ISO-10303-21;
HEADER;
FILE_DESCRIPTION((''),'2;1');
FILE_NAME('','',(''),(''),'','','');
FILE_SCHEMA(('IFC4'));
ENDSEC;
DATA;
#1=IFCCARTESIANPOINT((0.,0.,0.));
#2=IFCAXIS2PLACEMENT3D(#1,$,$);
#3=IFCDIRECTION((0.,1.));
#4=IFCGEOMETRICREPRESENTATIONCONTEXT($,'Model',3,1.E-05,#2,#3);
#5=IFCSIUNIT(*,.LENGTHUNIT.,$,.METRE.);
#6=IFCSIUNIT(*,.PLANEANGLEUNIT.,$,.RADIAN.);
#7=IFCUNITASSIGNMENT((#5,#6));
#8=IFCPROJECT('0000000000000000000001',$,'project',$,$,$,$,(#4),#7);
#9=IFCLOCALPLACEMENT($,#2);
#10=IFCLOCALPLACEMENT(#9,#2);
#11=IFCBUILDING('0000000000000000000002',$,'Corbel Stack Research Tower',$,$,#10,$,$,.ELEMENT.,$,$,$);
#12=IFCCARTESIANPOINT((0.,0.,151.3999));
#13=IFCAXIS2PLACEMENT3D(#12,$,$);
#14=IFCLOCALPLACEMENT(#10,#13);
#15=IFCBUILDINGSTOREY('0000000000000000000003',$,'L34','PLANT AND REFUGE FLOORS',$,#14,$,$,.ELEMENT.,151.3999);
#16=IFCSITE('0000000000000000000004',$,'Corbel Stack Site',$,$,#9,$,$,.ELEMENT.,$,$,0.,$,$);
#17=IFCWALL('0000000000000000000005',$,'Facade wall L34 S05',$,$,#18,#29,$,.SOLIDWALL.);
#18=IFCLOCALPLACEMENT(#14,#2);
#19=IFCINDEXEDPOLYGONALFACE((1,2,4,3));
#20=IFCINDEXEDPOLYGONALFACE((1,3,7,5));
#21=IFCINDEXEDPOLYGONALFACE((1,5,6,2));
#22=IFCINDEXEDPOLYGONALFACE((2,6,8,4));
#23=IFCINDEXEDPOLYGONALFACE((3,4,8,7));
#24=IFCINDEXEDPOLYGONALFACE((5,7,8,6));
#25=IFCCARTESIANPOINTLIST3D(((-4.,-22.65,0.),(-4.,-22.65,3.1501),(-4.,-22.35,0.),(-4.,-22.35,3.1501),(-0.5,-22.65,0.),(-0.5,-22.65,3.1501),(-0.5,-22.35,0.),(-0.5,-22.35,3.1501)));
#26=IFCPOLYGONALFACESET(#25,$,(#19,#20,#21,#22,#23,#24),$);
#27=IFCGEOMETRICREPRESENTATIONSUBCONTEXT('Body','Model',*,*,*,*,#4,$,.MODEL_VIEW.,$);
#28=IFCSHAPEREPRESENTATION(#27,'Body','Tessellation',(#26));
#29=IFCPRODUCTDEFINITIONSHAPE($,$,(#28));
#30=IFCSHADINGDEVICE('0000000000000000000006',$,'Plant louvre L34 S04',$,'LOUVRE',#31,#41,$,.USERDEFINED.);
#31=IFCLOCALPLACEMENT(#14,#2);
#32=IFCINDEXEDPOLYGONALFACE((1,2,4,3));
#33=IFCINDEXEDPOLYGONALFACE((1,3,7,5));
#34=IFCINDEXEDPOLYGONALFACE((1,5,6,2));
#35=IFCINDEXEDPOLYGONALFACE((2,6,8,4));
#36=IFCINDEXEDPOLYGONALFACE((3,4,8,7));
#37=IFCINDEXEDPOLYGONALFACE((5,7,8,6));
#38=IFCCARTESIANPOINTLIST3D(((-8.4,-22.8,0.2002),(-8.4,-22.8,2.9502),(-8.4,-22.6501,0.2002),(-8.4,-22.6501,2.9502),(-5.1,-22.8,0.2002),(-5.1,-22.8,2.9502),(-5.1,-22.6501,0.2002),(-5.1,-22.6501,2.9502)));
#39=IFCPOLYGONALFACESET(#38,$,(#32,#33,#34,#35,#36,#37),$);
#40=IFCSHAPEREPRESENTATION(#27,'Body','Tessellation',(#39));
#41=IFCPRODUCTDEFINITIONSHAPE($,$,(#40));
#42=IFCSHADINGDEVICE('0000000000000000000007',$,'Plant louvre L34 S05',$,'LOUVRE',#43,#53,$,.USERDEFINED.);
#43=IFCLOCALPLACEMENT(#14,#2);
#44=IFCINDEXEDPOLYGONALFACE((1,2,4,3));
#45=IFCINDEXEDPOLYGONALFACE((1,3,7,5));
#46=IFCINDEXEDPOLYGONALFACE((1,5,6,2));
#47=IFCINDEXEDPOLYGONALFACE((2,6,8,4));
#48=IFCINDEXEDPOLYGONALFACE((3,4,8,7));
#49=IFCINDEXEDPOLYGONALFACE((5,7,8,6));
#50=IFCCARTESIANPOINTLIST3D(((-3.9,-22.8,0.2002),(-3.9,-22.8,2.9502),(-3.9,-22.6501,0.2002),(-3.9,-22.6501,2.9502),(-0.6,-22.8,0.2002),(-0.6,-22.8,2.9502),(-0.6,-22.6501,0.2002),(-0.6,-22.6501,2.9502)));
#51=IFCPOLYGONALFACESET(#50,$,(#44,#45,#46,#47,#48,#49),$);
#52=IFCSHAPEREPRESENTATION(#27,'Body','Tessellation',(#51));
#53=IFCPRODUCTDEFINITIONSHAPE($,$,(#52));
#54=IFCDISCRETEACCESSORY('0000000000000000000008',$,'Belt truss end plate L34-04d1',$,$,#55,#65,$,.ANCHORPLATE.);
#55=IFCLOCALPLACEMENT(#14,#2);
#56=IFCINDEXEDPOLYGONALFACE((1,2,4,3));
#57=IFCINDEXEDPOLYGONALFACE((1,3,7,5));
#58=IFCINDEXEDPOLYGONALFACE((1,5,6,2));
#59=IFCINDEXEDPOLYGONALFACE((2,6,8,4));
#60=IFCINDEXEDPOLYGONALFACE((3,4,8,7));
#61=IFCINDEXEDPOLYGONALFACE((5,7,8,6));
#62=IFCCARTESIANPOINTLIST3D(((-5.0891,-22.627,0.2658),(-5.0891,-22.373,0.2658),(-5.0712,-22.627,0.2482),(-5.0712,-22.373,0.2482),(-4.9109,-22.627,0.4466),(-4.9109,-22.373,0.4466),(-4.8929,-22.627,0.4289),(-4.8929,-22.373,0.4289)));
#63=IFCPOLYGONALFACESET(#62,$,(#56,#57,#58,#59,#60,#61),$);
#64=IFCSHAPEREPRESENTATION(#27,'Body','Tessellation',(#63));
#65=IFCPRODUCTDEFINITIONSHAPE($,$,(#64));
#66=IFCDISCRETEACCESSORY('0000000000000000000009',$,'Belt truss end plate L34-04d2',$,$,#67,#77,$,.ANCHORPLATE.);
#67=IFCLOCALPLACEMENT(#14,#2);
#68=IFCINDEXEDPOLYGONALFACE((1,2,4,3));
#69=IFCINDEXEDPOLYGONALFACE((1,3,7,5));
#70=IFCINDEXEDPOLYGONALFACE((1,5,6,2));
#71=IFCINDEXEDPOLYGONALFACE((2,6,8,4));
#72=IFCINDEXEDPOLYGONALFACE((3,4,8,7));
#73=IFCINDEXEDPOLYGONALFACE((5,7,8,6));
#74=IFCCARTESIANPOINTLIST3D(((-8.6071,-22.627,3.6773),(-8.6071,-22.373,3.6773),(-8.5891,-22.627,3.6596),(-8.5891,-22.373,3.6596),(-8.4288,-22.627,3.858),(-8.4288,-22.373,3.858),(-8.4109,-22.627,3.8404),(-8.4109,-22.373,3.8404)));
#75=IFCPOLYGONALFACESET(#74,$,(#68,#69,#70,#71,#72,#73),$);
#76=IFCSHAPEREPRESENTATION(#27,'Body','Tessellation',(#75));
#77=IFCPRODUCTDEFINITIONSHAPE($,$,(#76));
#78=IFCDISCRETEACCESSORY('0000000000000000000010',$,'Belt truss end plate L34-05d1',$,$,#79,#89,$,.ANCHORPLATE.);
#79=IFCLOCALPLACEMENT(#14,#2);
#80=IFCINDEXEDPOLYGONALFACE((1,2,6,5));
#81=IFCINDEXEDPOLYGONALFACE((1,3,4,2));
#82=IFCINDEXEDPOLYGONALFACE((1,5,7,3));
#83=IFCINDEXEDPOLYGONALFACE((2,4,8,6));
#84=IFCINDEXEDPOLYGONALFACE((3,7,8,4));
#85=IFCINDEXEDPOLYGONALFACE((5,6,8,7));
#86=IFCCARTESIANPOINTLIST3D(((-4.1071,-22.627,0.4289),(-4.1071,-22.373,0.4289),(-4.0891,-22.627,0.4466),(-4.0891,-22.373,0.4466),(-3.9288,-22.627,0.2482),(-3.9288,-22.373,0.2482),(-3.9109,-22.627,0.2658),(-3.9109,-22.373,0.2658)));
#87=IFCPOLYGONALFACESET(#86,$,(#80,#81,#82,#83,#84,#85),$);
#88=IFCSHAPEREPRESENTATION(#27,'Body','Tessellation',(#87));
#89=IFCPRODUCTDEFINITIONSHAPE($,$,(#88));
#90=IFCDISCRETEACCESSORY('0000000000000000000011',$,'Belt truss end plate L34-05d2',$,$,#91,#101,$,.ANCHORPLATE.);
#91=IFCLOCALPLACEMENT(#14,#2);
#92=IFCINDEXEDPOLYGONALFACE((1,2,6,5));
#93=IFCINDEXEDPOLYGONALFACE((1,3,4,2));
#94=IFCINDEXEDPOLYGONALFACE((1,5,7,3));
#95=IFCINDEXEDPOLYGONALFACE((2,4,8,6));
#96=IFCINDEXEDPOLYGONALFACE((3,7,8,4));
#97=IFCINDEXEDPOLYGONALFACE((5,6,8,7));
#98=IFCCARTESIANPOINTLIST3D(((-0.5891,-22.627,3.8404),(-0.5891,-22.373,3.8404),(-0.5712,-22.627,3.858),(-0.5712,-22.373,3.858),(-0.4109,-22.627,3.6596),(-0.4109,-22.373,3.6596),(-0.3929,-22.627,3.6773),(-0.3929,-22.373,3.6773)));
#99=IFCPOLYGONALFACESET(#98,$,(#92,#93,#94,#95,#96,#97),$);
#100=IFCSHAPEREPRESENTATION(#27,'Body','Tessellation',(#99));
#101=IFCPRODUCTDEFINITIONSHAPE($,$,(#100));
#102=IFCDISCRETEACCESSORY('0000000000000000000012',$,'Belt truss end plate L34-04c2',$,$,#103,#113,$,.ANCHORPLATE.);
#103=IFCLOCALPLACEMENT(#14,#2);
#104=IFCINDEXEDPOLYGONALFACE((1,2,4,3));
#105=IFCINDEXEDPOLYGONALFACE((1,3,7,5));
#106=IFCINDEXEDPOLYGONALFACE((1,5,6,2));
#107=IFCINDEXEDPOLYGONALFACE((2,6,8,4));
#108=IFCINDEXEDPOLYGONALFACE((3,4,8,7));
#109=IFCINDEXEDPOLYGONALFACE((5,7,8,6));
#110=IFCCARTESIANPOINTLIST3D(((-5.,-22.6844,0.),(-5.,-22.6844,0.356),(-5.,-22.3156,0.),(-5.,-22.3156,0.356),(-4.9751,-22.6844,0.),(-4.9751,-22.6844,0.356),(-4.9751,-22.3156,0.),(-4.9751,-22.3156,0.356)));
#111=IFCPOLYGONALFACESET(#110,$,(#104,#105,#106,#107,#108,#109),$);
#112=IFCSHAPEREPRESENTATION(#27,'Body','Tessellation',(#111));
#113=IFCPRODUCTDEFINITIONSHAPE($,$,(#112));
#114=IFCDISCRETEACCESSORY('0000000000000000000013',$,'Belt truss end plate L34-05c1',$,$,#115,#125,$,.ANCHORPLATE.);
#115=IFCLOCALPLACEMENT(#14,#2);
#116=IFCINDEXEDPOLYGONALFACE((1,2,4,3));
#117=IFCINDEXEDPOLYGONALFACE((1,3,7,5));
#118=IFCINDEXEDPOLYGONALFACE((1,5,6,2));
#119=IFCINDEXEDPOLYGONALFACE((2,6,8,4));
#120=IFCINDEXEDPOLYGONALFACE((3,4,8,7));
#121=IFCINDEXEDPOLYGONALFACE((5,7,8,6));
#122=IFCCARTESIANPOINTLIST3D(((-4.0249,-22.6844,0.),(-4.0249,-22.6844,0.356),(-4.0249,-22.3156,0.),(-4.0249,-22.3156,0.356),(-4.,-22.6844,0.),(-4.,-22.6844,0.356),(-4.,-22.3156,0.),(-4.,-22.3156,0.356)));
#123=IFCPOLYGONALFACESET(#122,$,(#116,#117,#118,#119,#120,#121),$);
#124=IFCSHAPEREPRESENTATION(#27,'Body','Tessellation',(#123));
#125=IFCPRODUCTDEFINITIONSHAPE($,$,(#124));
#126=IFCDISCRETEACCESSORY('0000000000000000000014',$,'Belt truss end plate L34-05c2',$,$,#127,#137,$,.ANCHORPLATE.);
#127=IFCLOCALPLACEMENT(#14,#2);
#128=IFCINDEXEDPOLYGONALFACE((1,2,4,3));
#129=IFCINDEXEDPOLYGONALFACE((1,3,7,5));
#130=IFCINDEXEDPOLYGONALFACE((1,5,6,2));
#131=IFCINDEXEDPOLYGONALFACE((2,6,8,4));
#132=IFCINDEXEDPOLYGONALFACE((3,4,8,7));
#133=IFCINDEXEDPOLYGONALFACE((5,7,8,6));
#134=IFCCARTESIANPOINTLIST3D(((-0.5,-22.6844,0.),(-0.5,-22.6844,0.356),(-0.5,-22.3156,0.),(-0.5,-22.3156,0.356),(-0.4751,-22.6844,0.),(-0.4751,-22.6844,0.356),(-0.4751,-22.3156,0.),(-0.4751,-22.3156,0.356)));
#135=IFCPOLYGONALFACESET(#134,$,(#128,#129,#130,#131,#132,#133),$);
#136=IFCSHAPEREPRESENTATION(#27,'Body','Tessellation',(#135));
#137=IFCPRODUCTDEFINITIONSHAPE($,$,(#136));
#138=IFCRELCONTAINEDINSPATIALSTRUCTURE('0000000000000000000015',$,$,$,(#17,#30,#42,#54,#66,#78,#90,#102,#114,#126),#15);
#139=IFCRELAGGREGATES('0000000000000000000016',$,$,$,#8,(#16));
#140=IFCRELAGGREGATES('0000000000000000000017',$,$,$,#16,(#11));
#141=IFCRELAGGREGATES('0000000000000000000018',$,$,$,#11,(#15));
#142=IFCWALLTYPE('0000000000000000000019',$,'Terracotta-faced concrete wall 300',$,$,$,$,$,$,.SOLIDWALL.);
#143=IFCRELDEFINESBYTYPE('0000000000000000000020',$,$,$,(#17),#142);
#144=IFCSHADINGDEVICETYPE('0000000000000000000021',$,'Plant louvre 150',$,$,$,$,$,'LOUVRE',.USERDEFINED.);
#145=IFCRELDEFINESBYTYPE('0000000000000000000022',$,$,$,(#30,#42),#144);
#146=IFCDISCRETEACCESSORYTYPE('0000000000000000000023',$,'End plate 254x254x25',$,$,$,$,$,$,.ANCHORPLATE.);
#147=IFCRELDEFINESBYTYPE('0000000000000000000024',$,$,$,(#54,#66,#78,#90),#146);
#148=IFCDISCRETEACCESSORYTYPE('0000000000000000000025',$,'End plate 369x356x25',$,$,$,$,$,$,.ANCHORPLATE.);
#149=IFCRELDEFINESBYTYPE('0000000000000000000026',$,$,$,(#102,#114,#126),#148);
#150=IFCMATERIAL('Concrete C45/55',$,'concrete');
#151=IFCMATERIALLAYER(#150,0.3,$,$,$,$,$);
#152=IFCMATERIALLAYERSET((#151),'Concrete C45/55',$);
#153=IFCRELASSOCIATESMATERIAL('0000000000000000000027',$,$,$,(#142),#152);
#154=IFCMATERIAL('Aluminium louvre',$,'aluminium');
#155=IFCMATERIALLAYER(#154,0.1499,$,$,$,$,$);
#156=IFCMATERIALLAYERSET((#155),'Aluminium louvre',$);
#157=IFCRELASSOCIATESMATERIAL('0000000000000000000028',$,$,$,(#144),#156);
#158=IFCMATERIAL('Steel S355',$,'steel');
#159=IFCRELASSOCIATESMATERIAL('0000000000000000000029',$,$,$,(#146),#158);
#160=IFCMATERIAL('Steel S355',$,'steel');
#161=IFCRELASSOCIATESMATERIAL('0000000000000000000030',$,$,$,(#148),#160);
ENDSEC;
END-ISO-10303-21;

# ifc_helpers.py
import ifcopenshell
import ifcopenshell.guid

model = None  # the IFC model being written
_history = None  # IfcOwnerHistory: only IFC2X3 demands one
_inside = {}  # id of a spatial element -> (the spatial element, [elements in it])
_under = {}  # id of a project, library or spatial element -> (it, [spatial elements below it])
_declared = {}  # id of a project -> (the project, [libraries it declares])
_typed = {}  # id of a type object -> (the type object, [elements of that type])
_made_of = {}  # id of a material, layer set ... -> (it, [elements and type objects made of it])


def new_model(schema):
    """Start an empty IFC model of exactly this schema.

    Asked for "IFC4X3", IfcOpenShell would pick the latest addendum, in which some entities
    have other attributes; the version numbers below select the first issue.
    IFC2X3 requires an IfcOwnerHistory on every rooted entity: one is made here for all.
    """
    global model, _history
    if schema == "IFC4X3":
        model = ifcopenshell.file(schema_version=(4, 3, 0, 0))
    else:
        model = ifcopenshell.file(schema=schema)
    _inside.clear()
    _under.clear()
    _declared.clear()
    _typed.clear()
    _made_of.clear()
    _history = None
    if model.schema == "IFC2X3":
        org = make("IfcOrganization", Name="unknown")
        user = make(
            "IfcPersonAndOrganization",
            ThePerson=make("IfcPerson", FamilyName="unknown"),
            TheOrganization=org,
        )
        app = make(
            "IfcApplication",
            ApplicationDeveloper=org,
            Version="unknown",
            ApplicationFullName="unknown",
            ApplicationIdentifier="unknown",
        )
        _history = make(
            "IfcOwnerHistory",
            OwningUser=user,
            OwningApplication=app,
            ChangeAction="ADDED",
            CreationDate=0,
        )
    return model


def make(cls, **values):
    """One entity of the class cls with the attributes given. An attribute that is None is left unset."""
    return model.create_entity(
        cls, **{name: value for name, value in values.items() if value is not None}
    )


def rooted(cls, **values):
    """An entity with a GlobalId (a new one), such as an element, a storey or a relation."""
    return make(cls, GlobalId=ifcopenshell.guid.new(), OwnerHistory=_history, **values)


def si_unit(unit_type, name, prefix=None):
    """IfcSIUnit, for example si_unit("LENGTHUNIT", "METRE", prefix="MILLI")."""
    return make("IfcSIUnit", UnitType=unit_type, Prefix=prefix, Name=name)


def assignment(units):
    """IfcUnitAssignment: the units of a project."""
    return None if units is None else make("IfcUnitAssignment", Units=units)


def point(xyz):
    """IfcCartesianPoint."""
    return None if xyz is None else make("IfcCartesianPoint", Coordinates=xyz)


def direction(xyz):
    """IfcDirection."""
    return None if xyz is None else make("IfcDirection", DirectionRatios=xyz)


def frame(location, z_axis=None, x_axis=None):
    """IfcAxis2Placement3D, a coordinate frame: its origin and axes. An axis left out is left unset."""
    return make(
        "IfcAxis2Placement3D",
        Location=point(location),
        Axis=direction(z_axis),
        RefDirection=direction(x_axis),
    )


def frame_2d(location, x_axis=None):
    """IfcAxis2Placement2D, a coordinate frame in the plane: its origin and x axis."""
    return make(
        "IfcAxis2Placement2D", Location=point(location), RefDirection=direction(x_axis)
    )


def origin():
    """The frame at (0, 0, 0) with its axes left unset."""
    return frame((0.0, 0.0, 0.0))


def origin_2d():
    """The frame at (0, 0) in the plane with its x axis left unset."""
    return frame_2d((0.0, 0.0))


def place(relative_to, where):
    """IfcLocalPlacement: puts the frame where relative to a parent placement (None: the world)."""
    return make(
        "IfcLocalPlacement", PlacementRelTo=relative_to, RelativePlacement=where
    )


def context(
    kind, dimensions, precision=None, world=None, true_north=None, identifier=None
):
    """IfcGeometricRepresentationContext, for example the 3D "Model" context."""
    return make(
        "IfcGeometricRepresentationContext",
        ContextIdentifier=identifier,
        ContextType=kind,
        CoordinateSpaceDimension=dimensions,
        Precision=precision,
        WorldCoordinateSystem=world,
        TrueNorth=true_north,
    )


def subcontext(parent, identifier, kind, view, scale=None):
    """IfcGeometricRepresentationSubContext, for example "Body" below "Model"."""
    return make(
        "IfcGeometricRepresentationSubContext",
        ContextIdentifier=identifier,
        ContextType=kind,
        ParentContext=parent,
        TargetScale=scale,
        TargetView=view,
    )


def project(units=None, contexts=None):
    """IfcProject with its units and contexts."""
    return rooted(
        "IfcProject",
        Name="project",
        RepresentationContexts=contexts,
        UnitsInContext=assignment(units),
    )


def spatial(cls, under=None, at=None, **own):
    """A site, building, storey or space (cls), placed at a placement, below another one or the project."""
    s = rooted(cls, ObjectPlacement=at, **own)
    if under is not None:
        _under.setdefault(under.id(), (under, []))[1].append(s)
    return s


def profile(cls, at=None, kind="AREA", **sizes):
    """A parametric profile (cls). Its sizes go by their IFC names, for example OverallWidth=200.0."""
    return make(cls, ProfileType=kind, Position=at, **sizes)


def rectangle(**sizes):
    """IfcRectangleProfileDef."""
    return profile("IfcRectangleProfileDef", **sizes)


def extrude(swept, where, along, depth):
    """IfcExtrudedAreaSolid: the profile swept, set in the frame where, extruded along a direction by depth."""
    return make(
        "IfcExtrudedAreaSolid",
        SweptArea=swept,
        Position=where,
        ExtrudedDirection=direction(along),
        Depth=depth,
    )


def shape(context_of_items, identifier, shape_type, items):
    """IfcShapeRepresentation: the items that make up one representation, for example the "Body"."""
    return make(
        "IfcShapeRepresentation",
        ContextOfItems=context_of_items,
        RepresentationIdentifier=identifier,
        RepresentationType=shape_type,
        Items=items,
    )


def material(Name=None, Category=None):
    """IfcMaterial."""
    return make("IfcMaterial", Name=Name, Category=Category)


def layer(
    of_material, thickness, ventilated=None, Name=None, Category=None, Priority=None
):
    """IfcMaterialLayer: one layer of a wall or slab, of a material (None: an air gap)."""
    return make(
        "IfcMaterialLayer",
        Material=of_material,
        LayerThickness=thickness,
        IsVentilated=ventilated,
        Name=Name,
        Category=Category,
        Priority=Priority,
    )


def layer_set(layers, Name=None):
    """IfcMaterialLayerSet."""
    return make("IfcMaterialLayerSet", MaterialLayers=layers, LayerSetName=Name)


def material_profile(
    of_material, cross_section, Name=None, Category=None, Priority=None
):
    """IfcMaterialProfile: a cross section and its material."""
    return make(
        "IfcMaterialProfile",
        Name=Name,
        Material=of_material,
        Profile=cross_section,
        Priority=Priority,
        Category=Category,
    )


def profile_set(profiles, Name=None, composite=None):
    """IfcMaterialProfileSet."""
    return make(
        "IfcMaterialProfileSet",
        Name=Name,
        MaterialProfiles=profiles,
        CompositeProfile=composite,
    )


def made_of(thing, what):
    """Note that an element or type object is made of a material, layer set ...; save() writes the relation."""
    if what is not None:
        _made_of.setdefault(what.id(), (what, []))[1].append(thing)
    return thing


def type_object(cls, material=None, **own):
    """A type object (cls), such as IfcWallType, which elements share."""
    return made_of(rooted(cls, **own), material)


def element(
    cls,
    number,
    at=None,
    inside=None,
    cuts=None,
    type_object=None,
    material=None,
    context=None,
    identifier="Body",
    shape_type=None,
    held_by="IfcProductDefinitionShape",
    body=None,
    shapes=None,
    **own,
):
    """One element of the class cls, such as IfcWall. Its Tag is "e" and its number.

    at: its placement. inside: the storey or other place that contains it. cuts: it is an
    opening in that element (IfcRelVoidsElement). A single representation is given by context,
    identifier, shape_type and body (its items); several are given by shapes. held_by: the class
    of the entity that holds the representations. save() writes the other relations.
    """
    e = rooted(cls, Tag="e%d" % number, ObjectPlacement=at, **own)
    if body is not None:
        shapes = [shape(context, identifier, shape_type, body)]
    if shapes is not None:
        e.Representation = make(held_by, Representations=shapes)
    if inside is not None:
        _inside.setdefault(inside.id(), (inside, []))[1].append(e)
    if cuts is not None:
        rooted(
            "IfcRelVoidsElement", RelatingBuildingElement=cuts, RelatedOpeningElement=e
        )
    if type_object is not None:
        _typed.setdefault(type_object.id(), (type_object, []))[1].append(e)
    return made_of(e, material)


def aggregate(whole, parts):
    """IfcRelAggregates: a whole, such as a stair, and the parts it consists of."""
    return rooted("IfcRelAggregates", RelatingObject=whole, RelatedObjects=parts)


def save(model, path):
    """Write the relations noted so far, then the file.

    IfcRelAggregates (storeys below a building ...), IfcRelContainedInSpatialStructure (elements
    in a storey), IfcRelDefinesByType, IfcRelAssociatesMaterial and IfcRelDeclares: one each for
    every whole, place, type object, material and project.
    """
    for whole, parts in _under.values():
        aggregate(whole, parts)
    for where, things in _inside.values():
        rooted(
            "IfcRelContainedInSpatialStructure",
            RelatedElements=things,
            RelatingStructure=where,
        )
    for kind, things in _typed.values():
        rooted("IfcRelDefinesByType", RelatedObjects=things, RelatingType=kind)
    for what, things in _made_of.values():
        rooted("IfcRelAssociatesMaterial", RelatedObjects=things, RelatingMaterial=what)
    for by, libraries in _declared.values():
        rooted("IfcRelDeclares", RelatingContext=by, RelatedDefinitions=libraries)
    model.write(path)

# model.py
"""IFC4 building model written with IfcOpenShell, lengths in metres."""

from ifc_helpers import new_model, si_unit, direction, frame, frame_2d, origin, origin_2d, place, context, subcontext, project, spatial, rectangle, extrude, material, layer, layer_set, material_profile, profile_set, type_object, element, save


model = new_model("IFC4")

# Units and contexts
model_context = context("Model", 3, precision=1e-05, world=origin(), true_north=direction((0.0, 1.0)))
body_context = subcontext(model_context, "Body", "Model", "MODEL_VIEW")
ifc_project = project(units=[si_unit("LENGTHUNIT", "METRE"), si_unit("PLANEANGLEUNIT", "RADIAN")], contexts=[model_context])

# Site, building, storey
site_placement = place(None, origin())
site = spatial("IfcSite", under=ifc_project, at=site_placement, Name="Corbel Stack Site", CompositionType="ELEMENT", RefElevation=0.0)
building_placement = place(site_placement, origin())
building = spatial("IfcBuilding", under=site, at=building_placement, Name="Corbel Stack Research Tower", CompositionType="ELEMENT")
storey_placement = place(building_placement, frame((0.0, 0.0, 151.3999)))
storey = spatial("IfcBuildingStorey", under=building, at=storey_placement, Name="L34", Description="PLANT AND REFUGE FLOORS", CompositionType="ELEMENT", Elevation=151.3999)

# Wall
ifc_material_1 = material(Name="Concrete C45/55", Category="concrete")
ifc_layer_1 = layer(ifc_material_1, 0.3)
ifc_layer_set_1 = layer_set([ifc_layer_1], Name="Concrete C45/55")
wall_type_1 = type_object("IfcWallType", Name="Terracotta-faced concrete wall 300", PredefinedType="SOLIDWALL", material=ifc_layer_set_1)
for number, where, z_axis, x_axis, name in (
    (1, (-0.5, -22.5, 0.0), (0.0, 0.0, 1.0), (-1.0, 0.0, 0.0), "Facade wall L34 S05"),
):
    element("IfcWall", number, at=place(storey_placement, frame(where, z_axis=z_axis, x_axis=x_axis)), inside=storey, type_object=wall_type_1, Name=name, PredefinedType="SOLIDWALL", context=body_context, shape_type="SweptSolid", body=[
        extrude(rectangle(XDim=3.5, YDim=0.3, at=frame_2d((1.75, 0.0))), origin(), (0.0, 0.0, 1.0), 3.1501),
    ])

# Shading devices
ifc_material_2 = material(Name="Aluminium louvre", Category="aluminium")
ifc_layer_2 = layer(ifc_material_2, 0.1499)
ifc_layer_set_2 = layer_set([ifc_layer_2], Name="Aluminium louvre")
shading_device_type = type_object("IfcShadingDeviceType", Name="Plant louvre 150", ElementType="LOUVRE", PredefinedType="USERDEFINED", material=ifc_layer_set_2)
for number, where, z_axis, x_axis, name in (
    (2, (-6.75, -22.7251, 0.2002), (0.0, 0.0, 1.0), (1.0, 0.0, 0.0), "Plant louvre L34 S04"),
    (3, (-2.25, -22.7251, 0.2002), (0.0, 0.0, 1.0), (1.0, 0.0, 0.0), "Plant louvre L34 S05"),
):
    element("IfcShadingDevice", number, at=place(storey_placement, frame(where, z_axis=z_axis, x_axis=x_axis)), inside=storey, type_object=shading_device_type, Name=name, ObjectType="LOUVRE", PredefinedType="USERDEFINED", context=body_context, shape_type="SweptSolid", body=[
        extrude(rectangle(XDim=3.3, YDim=0.1499, at=origin_2d()), origin(), (0.0, 0.0, 1.0), 2.75),
    ])

# Discrete accessories
ifc_material_3 = material(Name="Steel S355", Category="steel")
ifc_material_profile_1 = material_profile(ifc_material_3, rectangle(XDim=0.2539, YDim=0.2539, at=origin_2d()), Name="End plate 254x254x25")
ifc_profile_set_1 = profile_set([ifc_material_profile_1], Name="Steel S355")
discrete_accessory_type_1 = type_object("IfcDiscreteAccessoryType", Name="End plate 254x254x25", PredefinedType="ANCHORPLATE", material=ifc_profile_set_1)
for number, where, z_axis, x_axis, name in (
    (4, (-5.0, -22.5, 0.3562), (0.711966, 0.0, -0.702213), (0.0, 1.0, 0.0), "Belt truss end plate L34-04d1"),
    (5, (-8.5, -22.5, 3.75), (-0.711966, 0.0, 0.702213), (0.0, -1.0, 0.0), "Belt truss end plate L34-04d2"),
    (6, (-4.0, -22.5, 0.3562), (-0.711966, 0.0, -0.702213), (0.0, -1.0, 0.0), "Belt truss end plate L34-05d1"),
    (7, (-0.5, -22.5, 3.75), (0.711966, 0.0, 0.702213), (0.0, 1.0, 0.0), "Belt truss end plate L34-05d2"),
):
    element("IfcDiscreteAccessory", number, at=place(storey_placement, frame(where, z_axis=z_axis, x_axis=x_axis)), inside=storey, type_object=discrete_accessory_type_1, Name=name, PredefinedType="ANCHORPLATE", context=body_context, shape_type="SweptSolid", body=[
        extrude(rectangle(XDim=0.2539, YDim=0.2539, at=origin_2d()), origin(), (0.0, 0.0, 1.0), 0.0251),
    ])
ifc_material_4 = material(Name="Steel S355", Category="steel")
ifc_material_profile_2 = material_profile(ifc_material_4, rectangle(XDim=0.3689, YDim=0.356, at=origin_2d()), Name="End plate 369x356x25")
ifc_profile_set_2 = profile_set([ifc_material_profile_2], Name="Steel S355")
discrete_accessory_type_2 = type_object("IfcDiscreteAccessoryType", Name="End plate 369x356x25", PredefinedType="ANCHORPLATE", material=ifc_profile_set_2)
for number, where, z_axis, x_axis, name in (
    (8, (-5.0, -22.5, 0.178), (1.0, 0.0, 0.0), (0.0, 1.0, 0.0), "Belt truss end plate L34-04c2"),
    (9, (-4.0, -22.5, 0.178), (-1.0, 0.0, 0.0), (0.0, -1.0, 0.0), "Belt truss end plate L34-05c1"),
    (10, (-0.5, -22.5, 0.178), (1.0, 0.0, 0.0), (0.0, 1.0, 0.0), "Belt truss end plate L34-05c2"),
):
    element("IfcDiscreteAccessory", number, at=place(storey_placement, frame(where, z_axis=z_axis, x_axis=x_axis)), inside=storey, type_object=discrete_accessory_type_2, Name=name, PredefinedType="ANCHORPLATE", context=body_context, shape_type="SweptSolid", body=[
        extrude(rectangle(XDim=0.3689, YDim=0.356, at=origin_2d()), origin(), (0.0, 0.0, 1.0), 0.0249),
    ])

save(model, "model.ifc")
